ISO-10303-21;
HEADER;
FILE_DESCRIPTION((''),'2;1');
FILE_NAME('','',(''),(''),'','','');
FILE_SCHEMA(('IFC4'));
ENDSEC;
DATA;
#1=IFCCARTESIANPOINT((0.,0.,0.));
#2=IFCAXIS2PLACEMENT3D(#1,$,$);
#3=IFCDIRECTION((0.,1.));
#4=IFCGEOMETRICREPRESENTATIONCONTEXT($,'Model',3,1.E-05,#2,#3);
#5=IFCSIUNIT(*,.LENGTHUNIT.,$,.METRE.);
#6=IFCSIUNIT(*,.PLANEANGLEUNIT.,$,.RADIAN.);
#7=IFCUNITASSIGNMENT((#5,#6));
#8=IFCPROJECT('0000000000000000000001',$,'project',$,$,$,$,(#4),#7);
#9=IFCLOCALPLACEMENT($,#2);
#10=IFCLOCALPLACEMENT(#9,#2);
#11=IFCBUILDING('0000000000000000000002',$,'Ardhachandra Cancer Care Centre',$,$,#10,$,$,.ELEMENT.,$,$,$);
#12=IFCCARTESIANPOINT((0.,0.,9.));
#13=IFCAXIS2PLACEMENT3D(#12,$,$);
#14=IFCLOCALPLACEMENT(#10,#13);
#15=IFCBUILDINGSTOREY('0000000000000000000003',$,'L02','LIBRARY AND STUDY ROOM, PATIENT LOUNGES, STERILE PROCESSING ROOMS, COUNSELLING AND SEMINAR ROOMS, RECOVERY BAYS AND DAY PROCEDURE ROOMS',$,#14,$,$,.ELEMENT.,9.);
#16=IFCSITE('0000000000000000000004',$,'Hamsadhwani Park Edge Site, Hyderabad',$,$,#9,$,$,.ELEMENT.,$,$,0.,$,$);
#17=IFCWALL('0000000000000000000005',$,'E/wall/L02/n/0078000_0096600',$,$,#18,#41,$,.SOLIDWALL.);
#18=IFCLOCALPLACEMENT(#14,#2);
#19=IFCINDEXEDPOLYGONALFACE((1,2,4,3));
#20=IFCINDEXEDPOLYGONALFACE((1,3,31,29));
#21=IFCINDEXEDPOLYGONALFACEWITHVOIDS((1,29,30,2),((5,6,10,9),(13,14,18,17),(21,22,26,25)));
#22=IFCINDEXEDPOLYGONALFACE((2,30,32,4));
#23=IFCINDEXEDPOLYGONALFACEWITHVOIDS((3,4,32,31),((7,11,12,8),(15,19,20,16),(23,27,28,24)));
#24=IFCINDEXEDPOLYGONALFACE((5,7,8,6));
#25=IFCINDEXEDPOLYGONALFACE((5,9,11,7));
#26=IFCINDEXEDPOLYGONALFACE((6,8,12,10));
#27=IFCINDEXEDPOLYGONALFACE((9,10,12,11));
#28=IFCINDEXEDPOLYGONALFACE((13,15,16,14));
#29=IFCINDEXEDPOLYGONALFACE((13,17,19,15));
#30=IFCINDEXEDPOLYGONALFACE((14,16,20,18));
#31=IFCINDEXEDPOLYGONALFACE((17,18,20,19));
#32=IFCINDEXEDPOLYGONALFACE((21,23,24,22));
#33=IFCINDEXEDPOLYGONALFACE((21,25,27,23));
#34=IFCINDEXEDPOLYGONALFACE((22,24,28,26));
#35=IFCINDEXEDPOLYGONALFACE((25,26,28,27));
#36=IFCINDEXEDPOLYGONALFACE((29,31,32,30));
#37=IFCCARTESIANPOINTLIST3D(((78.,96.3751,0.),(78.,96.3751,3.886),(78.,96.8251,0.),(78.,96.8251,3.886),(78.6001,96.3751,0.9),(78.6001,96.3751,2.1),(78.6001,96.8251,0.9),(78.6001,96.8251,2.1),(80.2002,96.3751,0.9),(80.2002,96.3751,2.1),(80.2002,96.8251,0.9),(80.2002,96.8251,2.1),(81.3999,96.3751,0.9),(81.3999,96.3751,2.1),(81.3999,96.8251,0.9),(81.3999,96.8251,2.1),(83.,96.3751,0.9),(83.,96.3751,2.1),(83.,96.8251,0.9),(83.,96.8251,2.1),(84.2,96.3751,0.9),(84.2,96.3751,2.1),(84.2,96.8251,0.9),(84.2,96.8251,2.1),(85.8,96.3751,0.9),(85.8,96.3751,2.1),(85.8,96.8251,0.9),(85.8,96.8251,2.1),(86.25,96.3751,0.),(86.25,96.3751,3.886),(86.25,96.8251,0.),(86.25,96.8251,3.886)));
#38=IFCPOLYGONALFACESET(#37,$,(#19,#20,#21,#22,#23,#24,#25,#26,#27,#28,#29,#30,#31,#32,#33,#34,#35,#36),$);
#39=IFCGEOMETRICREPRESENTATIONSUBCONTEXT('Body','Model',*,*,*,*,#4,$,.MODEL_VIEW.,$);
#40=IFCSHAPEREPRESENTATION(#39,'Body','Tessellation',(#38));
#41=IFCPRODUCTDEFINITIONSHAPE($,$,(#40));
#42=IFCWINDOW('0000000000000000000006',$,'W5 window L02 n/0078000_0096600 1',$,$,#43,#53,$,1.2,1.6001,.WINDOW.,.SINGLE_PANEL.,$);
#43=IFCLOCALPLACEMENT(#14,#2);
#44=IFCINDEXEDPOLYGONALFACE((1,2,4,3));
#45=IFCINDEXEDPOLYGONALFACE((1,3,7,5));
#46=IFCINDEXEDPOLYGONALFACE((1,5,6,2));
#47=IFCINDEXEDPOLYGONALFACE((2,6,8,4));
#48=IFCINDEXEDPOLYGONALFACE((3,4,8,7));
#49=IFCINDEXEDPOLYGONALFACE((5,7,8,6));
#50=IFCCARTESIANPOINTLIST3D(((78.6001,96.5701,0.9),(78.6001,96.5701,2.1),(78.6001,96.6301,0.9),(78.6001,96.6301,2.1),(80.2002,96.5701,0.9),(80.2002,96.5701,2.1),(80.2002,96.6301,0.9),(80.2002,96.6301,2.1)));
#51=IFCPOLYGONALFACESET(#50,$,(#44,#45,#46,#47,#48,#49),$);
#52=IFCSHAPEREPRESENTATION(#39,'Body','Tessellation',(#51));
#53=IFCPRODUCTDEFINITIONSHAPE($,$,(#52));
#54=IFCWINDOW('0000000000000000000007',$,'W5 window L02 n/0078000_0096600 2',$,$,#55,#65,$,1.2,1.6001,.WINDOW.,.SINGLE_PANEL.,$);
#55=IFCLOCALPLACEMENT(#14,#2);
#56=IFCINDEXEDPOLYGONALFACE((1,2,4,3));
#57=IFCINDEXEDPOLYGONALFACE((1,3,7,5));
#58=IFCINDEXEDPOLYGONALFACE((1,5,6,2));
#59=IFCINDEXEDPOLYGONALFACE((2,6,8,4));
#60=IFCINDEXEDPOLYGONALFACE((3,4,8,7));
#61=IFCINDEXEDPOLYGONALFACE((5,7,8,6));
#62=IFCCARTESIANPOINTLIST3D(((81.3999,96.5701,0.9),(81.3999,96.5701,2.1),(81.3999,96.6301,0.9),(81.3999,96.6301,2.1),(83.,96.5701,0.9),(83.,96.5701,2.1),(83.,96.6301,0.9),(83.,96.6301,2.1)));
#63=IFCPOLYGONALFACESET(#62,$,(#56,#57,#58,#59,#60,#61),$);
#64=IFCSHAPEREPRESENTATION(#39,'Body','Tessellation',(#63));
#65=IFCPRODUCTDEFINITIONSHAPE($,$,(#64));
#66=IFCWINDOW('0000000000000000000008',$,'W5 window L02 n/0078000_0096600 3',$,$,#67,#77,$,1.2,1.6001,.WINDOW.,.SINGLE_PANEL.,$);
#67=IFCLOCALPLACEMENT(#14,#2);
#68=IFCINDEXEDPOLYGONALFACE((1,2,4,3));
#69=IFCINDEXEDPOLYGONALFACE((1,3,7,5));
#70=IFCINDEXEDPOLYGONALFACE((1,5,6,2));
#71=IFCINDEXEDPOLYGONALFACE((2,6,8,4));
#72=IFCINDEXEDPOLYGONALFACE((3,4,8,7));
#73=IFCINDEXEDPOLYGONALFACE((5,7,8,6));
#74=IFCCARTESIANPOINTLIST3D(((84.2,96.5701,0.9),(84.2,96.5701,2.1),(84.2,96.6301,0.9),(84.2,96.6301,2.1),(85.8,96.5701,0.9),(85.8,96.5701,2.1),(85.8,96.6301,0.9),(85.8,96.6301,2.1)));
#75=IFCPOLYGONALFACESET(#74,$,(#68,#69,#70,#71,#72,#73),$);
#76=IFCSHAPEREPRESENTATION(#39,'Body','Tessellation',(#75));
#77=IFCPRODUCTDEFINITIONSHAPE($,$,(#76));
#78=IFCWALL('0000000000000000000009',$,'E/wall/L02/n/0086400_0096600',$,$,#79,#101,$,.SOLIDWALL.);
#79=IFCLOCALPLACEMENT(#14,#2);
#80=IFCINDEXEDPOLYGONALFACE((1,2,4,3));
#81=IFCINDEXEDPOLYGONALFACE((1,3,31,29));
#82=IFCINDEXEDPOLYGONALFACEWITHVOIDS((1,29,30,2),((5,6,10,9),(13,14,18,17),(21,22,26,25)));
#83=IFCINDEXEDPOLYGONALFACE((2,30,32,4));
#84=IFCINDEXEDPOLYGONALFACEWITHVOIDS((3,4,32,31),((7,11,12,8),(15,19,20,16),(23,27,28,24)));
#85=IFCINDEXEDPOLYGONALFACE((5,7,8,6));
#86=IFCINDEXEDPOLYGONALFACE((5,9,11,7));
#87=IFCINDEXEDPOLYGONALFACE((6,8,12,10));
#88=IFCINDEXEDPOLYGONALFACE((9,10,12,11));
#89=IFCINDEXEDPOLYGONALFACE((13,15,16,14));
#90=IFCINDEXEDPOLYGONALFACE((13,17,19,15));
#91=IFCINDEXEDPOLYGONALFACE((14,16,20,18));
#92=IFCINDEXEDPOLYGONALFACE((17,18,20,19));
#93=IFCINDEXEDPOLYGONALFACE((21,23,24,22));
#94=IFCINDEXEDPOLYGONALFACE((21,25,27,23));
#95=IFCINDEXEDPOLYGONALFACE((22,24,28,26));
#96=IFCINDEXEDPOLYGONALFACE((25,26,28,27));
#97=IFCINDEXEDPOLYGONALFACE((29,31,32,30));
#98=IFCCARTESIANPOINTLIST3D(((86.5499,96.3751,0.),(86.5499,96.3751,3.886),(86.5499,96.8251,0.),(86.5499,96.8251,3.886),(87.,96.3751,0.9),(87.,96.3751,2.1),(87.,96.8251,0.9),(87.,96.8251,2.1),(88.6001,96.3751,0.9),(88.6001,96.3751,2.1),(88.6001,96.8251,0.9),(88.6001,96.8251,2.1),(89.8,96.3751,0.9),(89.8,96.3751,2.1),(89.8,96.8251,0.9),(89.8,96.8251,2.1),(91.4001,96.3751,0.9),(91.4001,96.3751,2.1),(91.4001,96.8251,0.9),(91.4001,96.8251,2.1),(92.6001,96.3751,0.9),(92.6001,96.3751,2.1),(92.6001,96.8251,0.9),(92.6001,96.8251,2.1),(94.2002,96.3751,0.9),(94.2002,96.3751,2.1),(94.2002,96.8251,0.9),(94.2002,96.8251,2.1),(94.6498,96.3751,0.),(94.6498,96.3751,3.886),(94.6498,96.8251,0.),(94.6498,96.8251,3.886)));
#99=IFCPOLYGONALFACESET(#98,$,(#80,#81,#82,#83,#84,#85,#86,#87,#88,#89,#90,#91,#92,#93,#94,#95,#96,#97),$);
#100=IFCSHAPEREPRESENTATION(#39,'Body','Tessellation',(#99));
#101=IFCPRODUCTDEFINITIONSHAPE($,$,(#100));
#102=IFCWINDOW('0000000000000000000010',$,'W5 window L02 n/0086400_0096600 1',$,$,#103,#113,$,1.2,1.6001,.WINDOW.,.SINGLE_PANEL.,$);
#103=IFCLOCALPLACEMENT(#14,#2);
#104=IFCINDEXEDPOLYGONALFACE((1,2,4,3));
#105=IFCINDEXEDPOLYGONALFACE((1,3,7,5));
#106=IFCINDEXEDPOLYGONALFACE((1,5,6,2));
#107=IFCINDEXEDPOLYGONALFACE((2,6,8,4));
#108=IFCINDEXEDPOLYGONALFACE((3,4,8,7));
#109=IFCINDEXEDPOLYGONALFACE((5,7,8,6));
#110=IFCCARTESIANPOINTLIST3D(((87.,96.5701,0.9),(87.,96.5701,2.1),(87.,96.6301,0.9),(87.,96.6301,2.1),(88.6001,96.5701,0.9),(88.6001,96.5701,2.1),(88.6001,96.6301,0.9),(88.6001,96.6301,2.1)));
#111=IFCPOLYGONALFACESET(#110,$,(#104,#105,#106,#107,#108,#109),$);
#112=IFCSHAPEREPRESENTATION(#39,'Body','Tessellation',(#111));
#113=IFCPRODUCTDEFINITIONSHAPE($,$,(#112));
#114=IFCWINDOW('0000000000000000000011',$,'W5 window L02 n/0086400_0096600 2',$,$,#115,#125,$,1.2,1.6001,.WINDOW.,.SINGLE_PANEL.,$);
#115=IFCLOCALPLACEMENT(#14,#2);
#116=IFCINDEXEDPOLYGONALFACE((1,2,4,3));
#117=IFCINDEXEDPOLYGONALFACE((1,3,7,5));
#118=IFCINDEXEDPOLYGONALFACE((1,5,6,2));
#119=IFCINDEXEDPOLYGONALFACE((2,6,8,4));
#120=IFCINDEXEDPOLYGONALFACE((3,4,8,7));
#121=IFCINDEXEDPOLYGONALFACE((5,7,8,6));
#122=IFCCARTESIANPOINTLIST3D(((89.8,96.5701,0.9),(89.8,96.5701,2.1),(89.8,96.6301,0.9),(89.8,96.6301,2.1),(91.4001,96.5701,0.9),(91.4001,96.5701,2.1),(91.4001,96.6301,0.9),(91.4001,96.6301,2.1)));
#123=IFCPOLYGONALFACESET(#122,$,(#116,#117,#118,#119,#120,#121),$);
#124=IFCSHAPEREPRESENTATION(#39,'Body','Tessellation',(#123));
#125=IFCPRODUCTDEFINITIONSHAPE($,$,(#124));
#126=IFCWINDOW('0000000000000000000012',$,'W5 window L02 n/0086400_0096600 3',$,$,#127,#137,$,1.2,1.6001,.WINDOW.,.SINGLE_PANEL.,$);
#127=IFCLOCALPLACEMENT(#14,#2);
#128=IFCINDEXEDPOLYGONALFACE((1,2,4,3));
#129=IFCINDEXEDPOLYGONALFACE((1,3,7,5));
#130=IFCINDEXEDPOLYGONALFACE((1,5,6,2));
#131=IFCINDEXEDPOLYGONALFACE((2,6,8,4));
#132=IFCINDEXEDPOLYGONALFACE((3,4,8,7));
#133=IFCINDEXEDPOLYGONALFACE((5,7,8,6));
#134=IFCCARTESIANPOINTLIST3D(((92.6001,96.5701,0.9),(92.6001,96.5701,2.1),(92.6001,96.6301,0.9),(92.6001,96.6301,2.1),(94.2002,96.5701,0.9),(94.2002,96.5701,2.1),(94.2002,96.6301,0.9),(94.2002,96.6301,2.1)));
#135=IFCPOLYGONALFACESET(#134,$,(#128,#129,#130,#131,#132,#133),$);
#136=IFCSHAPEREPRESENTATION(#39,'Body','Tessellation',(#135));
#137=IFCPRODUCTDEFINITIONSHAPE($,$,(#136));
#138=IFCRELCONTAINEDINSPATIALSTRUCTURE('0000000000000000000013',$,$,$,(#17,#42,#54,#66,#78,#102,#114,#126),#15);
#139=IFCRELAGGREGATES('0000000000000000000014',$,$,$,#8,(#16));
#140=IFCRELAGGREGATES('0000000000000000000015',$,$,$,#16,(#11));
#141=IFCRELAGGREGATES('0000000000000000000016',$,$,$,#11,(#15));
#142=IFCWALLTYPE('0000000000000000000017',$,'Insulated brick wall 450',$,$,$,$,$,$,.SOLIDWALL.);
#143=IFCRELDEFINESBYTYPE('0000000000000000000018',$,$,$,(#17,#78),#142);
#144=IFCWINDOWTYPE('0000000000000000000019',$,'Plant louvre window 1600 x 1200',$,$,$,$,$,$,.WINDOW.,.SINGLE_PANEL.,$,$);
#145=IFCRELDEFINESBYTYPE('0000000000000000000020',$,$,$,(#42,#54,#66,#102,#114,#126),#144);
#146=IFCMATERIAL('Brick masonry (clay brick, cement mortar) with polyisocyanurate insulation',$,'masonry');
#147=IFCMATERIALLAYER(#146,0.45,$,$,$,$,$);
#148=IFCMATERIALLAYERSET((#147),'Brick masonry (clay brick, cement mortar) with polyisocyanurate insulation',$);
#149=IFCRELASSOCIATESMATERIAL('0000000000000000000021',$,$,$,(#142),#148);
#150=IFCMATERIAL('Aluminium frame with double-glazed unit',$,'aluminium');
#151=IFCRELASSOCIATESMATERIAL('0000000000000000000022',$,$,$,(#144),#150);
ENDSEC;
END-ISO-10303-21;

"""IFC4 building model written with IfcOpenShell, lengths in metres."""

from ifc_helpers import new_model, si_unit, direction, frame, frame_2d, origin, place, context, subcontext, project, spatial, rectangle, extrude, material, layer, layer_set, type_object, element, fill, save


model = new_model("IFC4")

# Units and contexts
model_context = context("Model", 3, precision=1e-05, world=origin(), true_north=direction((0.0, 1.0)))
body_context = subcontext(model_context, "Body", "Model", "MODEL_VIEW")
ifc_project = project(units=[si_unit("LENGTHUNIT", "METRE"), si_unit("PLANEANGLEUNIT", "RADIAN")], contexts=[model_context])

# Site, building, storey
site_placement = place(None, origin())
site = spatial("IfcSite", under=ifc_project, at=site_placement, Name="Hamsadhwani Park Edge Site, Hyderabad", CompositionType="ELEMENT", RefElevation=0.0)
building_placement = place(site_placement, origin())
building = spatial("IfcBuilding", under=site, at=building_placement, Name="Ardhachandra Cancer Care Centre", CompositionType="ELEMENT")
storey_placement = place(building_placement, frame((0.0, 0.0, 9.0)))
storey = spatial("IfcBuildingStorey", under=building, at=storey_placement, Name="L02", Description="LIBRARY AND STUDY ROOM, PATIENT LOUNGES, STERILE PROCESSING ROOMS, COUNSELLING AND SEMINAR ROOMS, RECOVERY BAYS AND DAY PROCEDURE ROOMS", CompositionType="ELEMENT", Elevation=9.0)

# Walls, openings, windows
ifc_material_1 = material(Name="Brick masonry (clay brick, cement mortar) with polyisocyanurate insulation", Category="masonry")
ifc_layer_1 = layer(ifc_material_1, 0.45)
ifc_layer_set_1 = layer_set([ifc_layer_1], Name="Brick masonry (clay brick, cement mortar) with polyisocyanurate insulation")
wall_type_1 = type_object("IfcWallType", Name="Insulated brick wall 450", PredefinedType="SOLIDWALL", material=ifc_layer_set_1)
wall_1_placement = place(storey_placement, frame((78.0, 96.6001, 0.0), z_axis=(0.0, 0.0, 1.0), x_axis=(1.0, 0.0, 0.0)))
wall_1 = element("IfcWall", 1, at=wall_1_placement, inside=storey, type_object=wall_type_1, Name="E/wall/L02/n/0078000_0096600", PredefinedType="SOLIDWALL", context=body_context, shape_type="SweptSolid", body=[
    extrude(rectangle(XDim=8.25, YDim=0.45, at=frame_2d((4.125, 0.0))), origin(), (0.0, 0.0, 1.0), 3.886),
])
opening_1_placement = place(wall_1_placement, frame((0.6001, 0.0, 0.8999)))
opening_1 = element("IfcOpeningElement", 2, at=opening_1_placement, cuts=wall_1, PredefinedType="OPENING", context=body_context, shape_type="SweptSolid", body=[
    extrude(rectangle(XDim=1.6001, YDim=1.2, at=frame_2d((0.8, 0.6001))), frame((0.0, 0.2349, 0.0), z_axis=(0.0, -1.0, 0.0), x_axis=(1.0, 0.0, 0.0)), (0.0, 0.0, 1.0), 0.47),
])
opening_2_placement = place(wall_1_placement, frame((3.3999, 0.0, 0.8999)))
opening_2 = element("IfcOpeningElement", 3, at=opening_2_placement, cuts=wall_1, PredefinedType="OPENING", context=body_context, shape_type="SweptSolid", body=[
    extrude(rectangle(XDim=1.6001, YDim=1.2, at=frame_2d((0.8, 0.6001))), frame((0.0, 0.2349, 0.0), z_axis=(0.0, -1.0, 0.0), x_axis=(1.0, 0.0, 0.0)), (0.0, 0.0, 1.0), 0.47),
])
opening_3_placement = place(wall_1_placement, frame((6.2, 0.0, 0.8999)))
opening_3 = element("IfcOpeningElement", 4, at=opening_3_placement, cuts=wall_1, PredefinedType="OPENING", context=body_context, shape_type="SweptSolid", body=[
    extrude(rectangle(XDim=1.6001, YDim=1.2, at=frame_2d((0.8, 0.6001))), frame((0.0, 0.2349, 0.0), z_axis=(0.0, -1.0, 0.0), x_axis=(1.0, 0.0, 0.0)), (0.0, 0.0, 1.0), 0.47),
])
ifc_material_2 = material(Name="Aluminium frame with double-glazed unit", Category="aluminium")
window_type = type_object("IfcWindowType", Name="Plant louvre window 1600 x 1200", PartitioningType="SINGLE_PANEL", PredefinedType="WINDOW", material=ifc_material_2)
window_1_placement = place(opening_1_placement, origin())
window_1 = element("IfcWindow", 5, at=window_1_placement, inside=storey, type_object=window_type, Name="W5 window L02 n/0078000_0096600 1", OverallHeight=1.2, OverallWidth=1.6001, PartitioningType="SINGLE_PANEL", PredefinedType="WINDOW", context=body_context, shape_type="SweptSolid", body=[
    extrude(rectangle(XDim=1.6001, YDim=1.2, at=frame_2d((0.8, 0.6001))), frame((0.0, 0.03, 0.0), z_axis=(0.0, -1.0, 0.0), x_axis=(1.0, 0.0, 0.0)), (0.0, 0.0, 1.0), 0.0601),
])
fill(opening_1, window_1)
window_2_placement = place(opening_2_placement, origin())
window_2 = element("IfcWindow", 6, at=window_2_placement, inside=storey, type_object=window_type, Name="W5 window L02 n/0078000_0096600 2", OverallHeight=1.2, OverallWidth=1.6001, PartitioningType="SINGLE_PANEL", PredefinedType="WINDOW", context=body_context, shape_type="SweptSolid", body=[
    extrude(rectangle(XDim=1.6001, YDim=1.2, at=frame_2d((0.8, 0.6001))), frame((0.0, 0.03, 0.0), z_axis=(0.0, -1.0, 0.0), x_axis=(1.0, 0.0, 0.0)), (0.0, 0.0, 1.0), 0.0601),
])
fill(opening_2, window_2)
window_3_placement = place(opening_3_placement, origin())
window_3 = element("IfcWindow", 7, at=window_3_placement, inside=storey, type_object=window_type, Name="W5 window L02 n/0078000_0096600 3", OverallHeight=1.2, OverallWidth=1.6001, PartitioningType="SINGLE_PANEL", PredefinedType="WINDOW", context=body_context, shape_type="SweptSolid", body=[
    extrude(rectangle(XDim=1.6001, YDim=1.2, at=frame_2d((0.8, 0.6001))), frame((0.0, 0.03, 0.0), z_axis=(0.0, -1.0, 0.0), x_axis=(1.0, 0.0, 0.0)), (0.0, 0.0, 1.0), 0.0601),
])
fill(opening_3, window_3)
wall_2_placement = place(storey_placement, frame((86.55, 96.6001, 0.0), z_axis=(0.0, 0.0, 1.0), x_axis=(1.0, 0.0, 0.0)))
wall_2 = element("IfcWall", 8, at=wall_2_placement, inside=storey, type_object=wall_type_1, Name="E/wall/L02/n/0086400_0096600", PredefinedType="SOLIDWALL", context=body_context, shape_type="SweptSolid", body=[
    extrude(rectangle(XDim=8.0999, YDim=0.45, at=frame_2d((4.0498, 0.0))), origin(), (0.0, 0.0, 1.0), 3.886),
])
opening_4_placement = place(wall_2_placement, frame((0.45, 0.0, 0.8999)))
opening_4 = element("IfcOpeningElement", 9, at=opening_4_placement, cuts=wall_2, PredefinedType="OPENING", context=body_context, shape_type="SweptSolid", body=[
    extrude(rectangle(XDim=1.6001, YDim=1.2, at=frame_2d((0.8, 0.6001))), frame((0.0, 0.2349, 0.0), z_axis=(0.0, -1.0, 0.0), x_axis=(1.0, 0.0, 0.0)), (0.0, 0.0, 1.0), 0.47),
])
opening_5_placement = place(wall_2_placement, frame((3.25, 0.0, 0.8999)))
opening_5 = element("IfcOpeningElement", 10, at=opening_5_placement, cuts=wall_2, PredefinedType="OPENING", context=body_context, shape_type="SweptSolid", body=[
    extrude(rectangle(XDim=1.6001, YDim=1.2, at=frame_2d((0.8, 0.6001))), frame((0.0, 0.2349, 0.0), z_axis=(0.0, -1.0, 0.0), x_axis=(1.0, 0.0, 0.0)), (0.0, 0.0, 1.0), 0.47),
])
opening_6_placement = place(wall_2_placement, frame((6.05, 0.0, 0.8999)))
opening_6 = element("IfcOpeningElement", 11, at=opening_6_placement, cuts=wall_2, PredefinedType="OPENING", context=body_context, shape_type="SweptSolid", body=[
    extrude(rectangle(XDim=1.6001, YDim=1.2, at=frame_2d((0.8, 0.6001))), frame((0.0, 0.2349, 0.0), z_axis=(0.0, -1.0, 0.0), x_axis=(1.0, 0.0, 0.0)), (0.0, 0.0, 1.0), 0.47),
])
window_4_placement = place(opening_4_placement, origin())
window_4 = element("IfcWindow", 12, at=window_4_placement, inside=storey, type_object=window_type, Name="W5 window L02 n/0086400_0096600 1", OverallHeight=1.2, OverallWidth=1.6001, PartitioningType="SINGLE_PANEL", PredefinedType="WINDOW", context=body_context, shape_type="SweptSolid", body=[
    extrude(rectangle(XDim=1.6001, YDim=1.2, at=frame_2d((0.8, 0.6001))), frame((0.0, 0.03, 0.0), z_axis=(0.0, -1.0, 0.0), x_axis=(1.0, 0.0, 0.0)), (0.0, 0.0, 1.0), 0.0601),
])
fill(opening_4, window_4)
window_5_placement = place(opening_5_placement, origin())
window_5 = element("IfcWindow", 13, at=window_5_placement, inside=storey, type_object=window_type, Name="W5 window L02 n/0086400_0096600 2", OverallHeight=1.2, OverallWidth=1.6001, PartitioningType="SINGLE_PANEL", PredefinedType="WINDOW", context=body_context, shape_type="SweptSolid", body=[
    extrude(rectangle(XDim=1.6001, YDim=1.2, at=frame_2d((0.8, 0.6001))), frame((0.0, 0.03, 0.0), z_axis=(0.0, -1.0, 0.0), x_axis=(1.0, 0.0, 0.0)), (0.0, 0.0, 1.0), 0.0601),
])
fill(opening_5, window_5)
window_6_placement = place(opening_6_placement, origin())
window_6 = element("IfcWindow", 14, at=window_6_placement, inside=storey, type_object=window_type, Name="W5 window L02 n/0086400_0096600 3", OverallHeight=1.2, OverallWidth=1.6001, PartitioningType="SINGLE_PANEL", PredefinedType="WINDOW", context=body_context, shape_type="SweptSolid", body=[
    extrude(rectangle(XDim=1.6001, YDim=1.2, at=frame_2d((0.8, 0.6001))), frame((0.0, 0.03, 0.0), z_axis=(0.0, -1.0, 0.0), x_axis=(1.0, 0.0, 0.0)), (0.0, 0.0, 1.0), 0.0601),
])
fill(opening_6, window_6)

save(model, "model.ifc")
